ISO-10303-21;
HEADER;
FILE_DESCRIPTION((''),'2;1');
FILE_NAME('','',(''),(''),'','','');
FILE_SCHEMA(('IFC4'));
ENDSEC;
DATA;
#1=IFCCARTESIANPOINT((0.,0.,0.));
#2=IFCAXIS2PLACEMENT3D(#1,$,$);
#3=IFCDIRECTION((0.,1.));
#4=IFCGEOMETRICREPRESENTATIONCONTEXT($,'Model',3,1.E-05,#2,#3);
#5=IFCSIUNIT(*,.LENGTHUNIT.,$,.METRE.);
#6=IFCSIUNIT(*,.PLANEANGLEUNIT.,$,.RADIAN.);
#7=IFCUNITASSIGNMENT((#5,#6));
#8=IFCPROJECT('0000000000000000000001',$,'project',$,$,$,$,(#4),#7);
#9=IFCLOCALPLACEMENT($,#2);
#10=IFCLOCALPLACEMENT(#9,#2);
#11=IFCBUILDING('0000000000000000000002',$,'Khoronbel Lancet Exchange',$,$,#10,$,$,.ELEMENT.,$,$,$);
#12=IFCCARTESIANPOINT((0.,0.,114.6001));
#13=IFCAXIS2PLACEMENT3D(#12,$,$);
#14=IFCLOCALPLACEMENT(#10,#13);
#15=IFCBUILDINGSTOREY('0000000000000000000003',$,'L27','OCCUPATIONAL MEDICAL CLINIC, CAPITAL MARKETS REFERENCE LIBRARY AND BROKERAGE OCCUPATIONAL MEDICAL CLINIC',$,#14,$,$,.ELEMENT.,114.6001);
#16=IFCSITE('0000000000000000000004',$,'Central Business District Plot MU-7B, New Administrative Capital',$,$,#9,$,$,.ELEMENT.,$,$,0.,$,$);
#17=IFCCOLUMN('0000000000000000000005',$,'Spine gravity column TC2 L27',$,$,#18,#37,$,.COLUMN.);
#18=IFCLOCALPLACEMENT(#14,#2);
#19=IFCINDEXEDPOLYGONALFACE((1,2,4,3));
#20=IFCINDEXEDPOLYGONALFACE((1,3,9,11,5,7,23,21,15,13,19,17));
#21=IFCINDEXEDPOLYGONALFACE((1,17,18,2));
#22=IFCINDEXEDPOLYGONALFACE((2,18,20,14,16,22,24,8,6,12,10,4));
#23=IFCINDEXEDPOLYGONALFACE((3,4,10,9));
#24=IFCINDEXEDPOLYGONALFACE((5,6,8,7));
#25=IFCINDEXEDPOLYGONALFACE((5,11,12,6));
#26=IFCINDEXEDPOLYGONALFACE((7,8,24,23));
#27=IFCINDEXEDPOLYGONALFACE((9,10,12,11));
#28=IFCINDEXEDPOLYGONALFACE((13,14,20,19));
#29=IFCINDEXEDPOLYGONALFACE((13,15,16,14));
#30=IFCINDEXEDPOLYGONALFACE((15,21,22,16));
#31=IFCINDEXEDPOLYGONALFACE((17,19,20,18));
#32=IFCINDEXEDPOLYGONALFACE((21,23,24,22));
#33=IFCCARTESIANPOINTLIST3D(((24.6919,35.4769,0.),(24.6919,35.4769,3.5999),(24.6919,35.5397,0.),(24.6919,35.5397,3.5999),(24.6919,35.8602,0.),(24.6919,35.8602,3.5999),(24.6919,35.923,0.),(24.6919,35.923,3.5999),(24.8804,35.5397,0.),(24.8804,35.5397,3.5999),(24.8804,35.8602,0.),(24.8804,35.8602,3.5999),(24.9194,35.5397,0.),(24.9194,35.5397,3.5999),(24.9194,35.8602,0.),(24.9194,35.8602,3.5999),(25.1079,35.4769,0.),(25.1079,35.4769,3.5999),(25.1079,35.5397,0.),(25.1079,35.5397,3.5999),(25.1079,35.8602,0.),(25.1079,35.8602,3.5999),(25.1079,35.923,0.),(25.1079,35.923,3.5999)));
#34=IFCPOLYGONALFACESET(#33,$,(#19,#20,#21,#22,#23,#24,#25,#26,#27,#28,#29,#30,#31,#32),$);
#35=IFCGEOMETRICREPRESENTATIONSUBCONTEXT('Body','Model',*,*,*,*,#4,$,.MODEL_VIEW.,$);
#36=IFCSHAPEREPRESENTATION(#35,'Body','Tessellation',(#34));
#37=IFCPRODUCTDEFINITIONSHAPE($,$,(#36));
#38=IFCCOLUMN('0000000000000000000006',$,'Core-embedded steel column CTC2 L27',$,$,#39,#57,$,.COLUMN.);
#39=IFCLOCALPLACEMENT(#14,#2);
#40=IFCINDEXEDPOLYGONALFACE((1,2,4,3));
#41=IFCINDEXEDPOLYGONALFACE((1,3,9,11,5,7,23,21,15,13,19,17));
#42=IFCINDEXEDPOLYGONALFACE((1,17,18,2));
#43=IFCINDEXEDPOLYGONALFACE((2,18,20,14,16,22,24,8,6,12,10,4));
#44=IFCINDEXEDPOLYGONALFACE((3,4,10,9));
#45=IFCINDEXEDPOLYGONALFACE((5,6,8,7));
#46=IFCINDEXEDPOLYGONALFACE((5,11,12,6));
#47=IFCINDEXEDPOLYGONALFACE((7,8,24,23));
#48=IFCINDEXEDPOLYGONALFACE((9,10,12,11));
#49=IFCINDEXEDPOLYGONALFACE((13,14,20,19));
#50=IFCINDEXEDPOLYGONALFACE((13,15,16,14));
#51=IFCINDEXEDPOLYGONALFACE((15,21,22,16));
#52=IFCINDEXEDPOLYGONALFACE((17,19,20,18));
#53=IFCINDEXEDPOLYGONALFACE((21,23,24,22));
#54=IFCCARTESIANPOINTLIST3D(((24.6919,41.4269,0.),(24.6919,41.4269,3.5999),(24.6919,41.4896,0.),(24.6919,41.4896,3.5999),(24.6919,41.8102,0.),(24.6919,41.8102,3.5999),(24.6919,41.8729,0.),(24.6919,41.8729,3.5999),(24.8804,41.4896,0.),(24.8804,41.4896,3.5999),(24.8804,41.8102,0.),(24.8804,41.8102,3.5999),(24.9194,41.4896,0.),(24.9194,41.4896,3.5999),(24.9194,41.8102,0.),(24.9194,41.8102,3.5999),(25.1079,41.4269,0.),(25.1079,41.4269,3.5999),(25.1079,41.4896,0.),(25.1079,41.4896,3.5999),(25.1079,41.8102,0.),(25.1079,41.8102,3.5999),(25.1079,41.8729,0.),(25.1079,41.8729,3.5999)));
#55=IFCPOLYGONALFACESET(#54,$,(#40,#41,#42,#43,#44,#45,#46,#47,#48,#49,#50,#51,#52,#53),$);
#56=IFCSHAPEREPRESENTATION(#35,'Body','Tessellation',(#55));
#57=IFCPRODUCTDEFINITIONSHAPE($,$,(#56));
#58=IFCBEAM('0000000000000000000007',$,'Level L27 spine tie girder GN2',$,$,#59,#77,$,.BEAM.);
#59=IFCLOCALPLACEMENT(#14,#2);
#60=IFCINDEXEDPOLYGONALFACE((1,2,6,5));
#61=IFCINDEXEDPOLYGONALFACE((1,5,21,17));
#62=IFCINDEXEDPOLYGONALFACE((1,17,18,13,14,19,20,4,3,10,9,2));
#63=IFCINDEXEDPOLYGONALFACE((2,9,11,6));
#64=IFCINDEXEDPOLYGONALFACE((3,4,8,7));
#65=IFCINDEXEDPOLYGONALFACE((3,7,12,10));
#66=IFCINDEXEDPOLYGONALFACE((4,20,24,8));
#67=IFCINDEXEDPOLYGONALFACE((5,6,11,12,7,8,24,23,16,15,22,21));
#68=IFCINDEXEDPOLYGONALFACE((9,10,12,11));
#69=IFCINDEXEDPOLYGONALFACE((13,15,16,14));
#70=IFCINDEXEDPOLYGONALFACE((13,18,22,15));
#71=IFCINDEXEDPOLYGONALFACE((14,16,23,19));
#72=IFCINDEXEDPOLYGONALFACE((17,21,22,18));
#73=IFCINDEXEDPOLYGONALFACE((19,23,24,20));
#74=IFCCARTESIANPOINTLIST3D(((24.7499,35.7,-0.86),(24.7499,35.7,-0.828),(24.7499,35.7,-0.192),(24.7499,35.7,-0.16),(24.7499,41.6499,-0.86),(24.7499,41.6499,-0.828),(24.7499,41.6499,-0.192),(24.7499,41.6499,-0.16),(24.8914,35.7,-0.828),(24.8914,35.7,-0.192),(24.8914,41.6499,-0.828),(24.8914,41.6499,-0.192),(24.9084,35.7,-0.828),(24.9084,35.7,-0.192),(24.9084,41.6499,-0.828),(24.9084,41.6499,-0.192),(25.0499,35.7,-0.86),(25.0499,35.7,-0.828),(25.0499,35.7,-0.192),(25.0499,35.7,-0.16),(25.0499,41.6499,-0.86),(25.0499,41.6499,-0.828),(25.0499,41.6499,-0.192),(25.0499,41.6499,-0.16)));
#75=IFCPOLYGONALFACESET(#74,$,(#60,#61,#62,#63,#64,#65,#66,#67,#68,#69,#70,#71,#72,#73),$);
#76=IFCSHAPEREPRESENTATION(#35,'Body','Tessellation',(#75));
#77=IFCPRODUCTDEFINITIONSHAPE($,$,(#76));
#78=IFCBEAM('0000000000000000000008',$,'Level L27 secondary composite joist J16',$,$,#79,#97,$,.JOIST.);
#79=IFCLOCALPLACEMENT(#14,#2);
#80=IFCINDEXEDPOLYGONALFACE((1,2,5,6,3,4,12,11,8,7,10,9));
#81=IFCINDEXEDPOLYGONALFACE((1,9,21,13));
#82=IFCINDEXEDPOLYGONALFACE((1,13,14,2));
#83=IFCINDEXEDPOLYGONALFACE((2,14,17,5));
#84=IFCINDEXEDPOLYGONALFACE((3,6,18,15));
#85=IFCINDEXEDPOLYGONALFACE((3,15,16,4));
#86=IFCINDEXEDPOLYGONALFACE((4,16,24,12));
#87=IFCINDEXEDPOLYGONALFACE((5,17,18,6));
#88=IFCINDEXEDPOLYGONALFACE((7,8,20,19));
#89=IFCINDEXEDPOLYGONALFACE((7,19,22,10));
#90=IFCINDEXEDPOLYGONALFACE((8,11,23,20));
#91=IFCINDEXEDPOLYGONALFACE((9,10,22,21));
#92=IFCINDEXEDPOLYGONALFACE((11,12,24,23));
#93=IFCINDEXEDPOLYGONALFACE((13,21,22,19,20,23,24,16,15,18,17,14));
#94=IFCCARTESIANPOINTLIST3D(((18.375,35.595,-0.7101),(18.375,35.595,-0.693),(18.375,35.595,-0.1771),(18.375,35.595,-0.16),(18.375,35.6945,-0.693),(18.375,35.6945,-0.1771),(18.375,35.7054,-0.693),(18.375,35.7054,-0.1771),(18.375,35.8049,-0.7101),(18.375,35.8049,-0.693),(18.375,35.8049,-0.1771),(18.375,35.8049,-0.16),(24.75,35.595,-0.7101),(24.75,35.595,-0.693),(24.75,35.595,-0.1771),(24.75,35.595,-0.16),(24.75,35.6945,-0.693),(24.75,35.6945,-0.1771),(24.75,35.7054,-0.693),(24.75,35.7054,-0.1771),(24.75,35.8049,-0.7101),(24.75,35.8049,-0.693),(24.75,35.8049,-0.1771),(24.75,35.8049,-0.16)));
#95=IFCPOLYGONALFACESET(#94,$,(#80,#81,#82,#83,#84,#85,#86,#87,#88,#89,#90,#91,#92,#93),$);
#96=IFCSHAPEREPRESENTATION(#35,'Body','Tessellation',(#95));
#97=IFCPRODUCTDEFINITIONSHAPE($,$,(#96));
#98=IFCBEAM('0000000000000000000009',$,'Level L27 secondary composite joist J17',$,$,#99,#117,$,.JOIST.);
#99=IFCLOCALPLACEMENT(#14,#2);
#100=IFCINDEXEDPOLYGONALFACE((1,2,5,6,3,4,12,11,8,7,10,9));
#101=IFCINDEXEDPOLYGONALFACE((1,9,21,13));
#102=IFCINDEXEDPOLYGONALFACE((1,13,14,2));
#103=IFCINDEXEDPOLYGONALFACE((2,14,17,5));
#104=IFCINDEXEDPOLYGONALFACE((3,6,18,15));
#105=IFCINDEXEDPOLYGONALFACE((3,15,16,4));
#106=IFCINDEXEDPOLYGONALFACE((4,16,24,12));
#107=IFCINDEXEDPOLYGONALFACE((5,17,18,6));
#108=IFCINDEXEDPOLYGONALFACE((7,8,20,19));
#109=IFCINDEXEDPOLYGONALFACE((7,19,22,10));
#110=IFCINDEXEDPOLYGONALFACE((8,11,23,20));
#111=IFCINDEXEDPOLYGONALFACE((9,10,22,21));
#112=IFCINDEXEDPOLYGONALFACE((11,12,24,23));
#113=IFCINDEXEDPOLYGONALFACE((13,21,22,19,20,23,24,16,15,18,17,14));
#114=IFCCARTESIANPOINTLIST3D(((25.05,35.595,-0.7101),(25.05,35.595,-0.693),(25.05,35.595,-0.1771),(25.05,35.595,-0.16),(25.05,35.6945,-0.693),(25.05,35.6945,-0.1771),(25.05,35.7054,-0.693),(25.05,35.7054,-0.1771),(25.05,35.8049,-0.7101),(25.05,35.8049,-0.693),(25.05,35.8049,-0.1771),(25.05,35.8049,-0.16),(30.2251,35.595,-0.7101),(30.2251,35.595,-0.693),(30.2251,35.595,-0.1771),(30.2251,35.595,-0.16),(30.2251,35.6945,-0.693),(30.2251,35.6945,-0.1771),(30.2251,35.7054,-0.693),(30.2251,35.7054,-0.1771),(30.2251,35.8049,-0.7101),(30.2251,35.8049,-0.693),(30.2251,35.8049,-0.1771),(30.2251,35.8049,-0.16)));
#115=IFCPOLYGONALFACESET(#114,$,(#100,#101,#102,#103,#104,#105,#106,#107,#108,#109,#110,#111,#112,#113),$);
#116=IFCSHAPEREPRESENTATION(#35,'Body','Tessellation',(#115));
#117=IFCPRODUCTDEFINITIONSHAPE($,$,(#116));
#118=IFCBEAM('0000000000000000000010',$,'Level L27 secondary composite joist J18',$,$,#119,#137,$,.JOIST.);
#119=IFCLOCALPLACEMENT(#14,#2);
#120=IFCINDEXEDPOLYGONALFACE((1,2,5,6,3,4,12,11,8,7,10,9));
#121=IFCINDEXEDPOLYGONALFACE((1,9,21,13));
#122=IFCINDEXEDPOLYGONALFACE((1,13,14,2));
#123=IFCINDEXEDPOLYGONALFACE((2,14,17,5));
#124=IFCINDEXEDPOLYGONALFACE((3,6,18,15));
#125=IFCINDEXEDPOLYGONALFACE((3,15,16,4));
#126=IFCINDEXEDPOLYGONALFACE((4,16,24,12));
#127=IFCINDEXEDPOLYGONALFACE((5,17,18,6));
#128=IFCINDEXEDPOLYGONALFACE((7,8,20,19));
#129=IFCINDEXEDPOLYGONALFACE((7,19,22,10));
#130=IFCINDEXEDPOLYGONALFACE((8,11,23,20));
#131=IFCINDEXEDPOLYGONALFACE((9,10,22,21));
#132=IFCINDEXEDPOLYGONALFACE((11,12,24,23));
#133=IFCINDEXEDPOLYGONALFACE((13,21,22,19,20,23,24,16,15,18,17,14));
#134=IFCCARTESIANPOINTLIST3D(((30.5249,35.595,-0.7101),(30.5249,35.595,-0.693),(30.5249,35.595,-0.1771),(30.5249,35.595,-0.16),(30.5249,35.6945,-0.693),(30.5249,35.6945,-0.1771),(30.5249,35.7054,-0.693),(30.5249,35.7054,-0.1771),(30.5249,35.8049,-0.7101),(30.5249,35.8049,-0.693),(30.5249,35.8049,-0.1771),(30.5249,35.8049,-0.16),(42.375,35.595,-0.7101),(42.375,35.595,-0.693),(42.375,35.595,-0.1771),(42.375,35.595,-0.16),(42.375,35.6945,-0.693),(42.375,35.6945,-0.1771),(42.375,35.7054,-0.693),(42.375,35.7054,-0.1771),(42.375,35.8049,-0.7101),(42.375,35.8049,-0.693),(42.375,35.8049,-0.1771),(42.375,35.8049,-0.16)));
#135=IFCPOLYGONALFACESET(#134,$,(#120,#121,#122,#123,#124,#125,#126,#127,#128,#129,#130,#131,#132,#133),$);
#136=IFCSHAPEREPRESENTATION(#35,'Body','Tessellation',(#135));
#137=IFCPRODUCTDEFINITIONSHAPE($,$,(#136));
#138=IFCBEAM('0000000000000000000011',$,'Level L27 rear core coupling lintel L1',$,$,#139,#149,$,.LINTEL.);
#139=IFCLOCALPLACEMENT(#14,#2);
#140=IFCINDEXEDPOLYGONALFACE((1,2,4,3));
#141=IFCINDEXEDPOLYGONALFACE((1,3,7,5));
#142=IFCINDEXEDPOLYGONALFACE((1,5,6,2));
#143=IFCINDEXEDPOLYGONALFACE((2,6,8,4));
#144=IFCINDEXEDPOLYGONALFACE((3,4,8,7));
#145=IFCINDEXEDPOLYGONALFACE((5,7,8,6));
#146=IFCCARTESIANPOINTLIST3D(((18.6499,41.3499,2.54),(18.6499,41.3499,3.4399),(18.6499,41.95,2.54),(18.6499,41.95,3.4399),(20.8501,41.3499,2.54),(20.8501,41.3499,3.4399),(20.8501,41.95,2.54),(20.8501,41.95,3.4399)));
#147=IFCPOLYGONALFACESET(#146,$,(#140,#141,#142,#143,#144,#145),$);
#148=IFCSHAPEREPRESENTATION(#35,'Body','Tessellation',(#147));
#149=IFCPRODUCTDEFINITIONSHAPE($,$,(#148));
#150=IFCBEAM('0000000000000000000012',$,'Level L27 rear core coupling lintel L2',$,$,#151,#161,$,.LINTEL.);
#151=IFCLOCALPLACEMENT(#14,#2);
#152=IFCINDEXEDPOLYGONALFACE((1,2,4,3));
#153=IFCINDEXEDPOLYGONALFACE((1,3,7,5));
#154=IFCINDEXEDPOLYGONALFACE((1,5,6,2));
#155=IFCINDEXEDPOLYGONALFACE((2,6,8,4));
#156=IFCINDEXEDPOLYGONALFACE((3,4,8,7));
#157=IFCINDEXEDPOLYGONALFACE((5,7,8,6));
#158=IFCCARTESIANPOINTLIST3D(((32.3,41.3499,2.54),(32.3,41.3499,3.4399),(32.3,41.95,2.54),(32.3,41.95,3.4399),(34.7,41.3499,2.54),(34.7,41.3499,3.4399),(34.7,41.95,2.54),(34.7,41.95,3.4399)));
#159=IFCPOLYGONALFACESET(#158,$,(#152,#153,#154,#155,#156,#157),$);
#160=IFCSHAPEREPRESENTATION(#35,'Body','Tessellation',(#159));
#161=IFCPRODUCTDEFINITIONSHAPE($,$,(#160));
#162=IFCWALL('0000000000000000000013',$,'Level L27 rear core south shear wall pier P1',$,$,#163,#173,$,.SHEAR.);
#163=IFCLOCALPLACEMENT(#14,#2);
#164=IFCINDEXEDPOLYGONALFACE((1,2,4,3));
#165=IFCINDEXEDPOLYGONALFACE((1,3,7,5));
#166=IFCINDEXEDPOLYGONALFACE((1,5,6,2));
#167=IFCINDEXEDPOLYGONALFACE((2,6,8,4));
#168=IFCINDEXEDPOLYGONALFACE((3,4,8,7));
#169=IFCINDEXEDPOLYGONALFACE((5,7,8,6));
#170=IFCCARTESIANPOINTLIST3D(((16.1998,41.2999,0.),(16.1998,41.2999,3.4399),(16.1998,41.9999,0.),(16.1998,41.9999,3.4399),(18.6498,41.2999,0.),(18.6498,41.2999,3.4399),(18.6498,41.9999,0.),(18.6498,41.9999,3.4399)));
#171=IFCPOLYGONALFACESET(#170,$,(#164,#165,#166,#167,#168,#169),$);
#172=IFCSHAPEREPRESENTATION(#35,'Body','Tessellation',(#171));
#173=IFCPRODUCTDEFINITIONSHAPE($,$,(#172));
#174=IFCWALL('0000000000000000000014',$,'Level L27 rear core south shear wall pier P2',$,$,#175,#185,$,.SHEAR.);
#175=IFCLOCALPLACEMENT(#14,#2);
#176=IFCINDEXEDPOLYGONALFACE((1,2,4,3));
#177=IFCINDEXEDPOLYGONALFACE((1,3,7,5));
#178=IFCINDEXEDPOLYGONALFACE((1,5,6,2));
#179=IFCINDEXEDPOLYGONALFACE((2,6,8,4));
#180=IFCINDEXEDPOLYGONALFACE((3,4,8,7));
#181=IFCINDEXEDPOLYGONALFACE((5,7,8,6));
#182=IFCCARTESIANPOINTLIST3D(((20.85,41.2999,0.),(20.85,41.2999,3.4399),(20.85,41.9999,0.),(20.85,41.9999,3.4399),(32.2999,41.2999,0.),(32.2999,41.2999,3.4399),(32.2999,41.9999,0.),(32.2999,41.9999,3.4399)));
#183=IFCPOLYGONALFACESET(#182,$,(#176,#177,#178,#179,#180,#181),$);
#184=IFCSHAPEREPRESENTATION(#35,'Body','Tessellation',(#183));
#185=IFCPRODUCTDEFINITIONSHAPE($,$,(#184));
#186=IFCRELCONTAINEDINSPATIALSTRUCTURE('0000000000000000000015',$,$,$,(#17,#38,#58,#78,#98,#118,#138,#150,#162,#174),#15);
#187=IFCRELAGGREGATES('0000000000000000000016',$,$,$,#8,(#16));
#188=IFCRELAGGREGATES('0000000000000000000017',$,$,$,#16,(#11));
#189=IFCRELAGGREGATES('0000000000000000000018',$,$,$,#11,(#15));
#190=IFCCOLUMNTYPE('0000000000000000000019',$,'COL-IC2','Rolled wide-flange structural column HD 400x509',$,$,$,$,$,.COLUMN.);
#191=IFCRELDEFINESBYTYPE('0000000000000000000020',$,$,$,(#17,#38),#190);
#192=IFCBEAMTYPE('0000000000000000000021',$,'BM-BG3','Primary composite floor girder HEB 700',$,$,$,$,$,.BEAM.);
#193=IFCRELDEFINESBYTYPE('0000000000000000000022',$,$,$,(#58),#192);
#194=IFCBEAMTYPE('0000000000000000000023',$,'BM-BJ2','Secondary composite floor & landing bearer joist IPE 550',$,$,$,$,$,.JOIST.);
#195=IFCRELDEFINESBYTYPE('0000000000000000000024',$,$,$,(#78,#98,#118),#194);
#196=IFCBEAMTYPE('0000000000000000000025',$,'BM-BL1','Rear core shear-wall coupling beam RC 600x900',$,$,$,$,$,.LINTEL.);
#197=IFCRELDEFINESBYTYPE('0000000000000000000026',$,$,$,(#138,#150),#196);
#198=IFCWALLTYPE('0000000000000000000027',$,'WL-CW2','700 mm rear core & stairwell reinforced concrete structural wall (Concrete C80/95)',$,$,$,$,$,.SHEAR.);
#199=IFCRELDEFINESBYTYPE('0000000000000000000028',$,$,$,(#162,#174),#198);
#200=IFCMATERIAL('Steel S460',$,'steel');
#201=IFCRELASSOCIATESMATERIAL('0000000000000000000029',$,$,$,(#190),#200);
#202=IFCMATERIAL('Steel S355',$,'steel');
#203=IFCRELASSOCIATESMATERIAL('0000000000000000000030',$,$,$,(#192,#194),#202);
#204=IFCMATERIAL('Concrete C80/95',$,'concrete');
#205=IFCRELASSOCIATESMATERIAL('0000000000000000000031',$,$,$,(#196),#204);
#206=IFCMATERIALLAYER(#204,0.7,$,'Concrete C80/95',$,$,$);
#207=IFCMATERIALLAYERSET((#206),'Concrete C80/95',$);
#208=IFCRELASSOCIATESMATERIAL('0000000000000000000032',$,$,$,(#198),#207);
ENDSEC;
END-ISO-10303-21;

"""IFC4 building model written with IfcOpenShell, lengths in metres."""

from ifc_helpers import new_model, si_unit, direction, frame, frame_2d, origin, origin_2d, place, context, subcontext, project, spatial, rectangle, i_section, extrude, material, layer, layer_set, material_profile, profile_set, type_object, element, save


model = new_model("IFC4")

# Units and contexts
model_context = context("Model", 3, precision=1e-05, world=origin(), true_north=direction((0.0, 1.0)))
body_context = subcontext(model_context, "Body", "Model", "MODEL_VIEW")
ifc_project = project(units=[si_unit("LENGTHUNIT", "METRE"), si_unit("PLANEANGLEUNIT", "RADIAN")], contexts=[model_context])

# Site, building, storey
site_placement = place(None, origin())
site = spatial("IfcSite", under=ifc_project, at=site_placement, Name="Central Business District Plot MU-7B, New Administrative Capital", CompositionType="ELEMENT", RefElevation=0.0)
building_placement = place(site_placement, origin())
building = spatial("IfcBuilding", under=site, at=building_placement, Name="Khoronbel Lancet Exchange", CompositionType="ELEMENT")
storey_placement = place(building_placement, frame((0.0, 0.0, 114.6001)))
storey = spatial("IfcBuildingStorey", under=building, at=storey_placement, Name="L27", Description="OCCUPATIONAL MEDICAL CLINIC, CAPITAL MARKETS REFERENCE LIBRARY AND BROKERAGE OCCUPATIONAL MEDICAL CLINIC", CompositionType="ELEMENT", Elevation=114.6001)

# Columns
ifc_material_1 = material(Name="Steel S460", Category="steel")
ifc_material_profile_1 = material_profile(ifc_material_1, i_section(OverallWidth=0.416, OverallDepth=0.446, WebThickness=0.0391, FlangeThickness=0.0627, at=origin_2d()), Name="HD 400x509")
ifc_profile_set_1 = profile_set([ifc_material_profile_1], Name="Steel S460")
column_type = type_object("IfcColumnType", Name="COL-IC2", Description="Rolled wide-flange structural column HD 400x509", PredefinedType="COLUMN", material=ifc_profile_set_1)
for number, where, z_axis, x_axis, name in (
    (1, (24.8999, 35.7, 0.0), (0.0, 0.0, 1.0), (1.0, 0.0, 0.0), "Spine gravity column TC2 L27"),
    (2, (24.8999, 41.6499, 0.0), (0.0, 0.0, 1.0), (1.0, 0.0, 0.0), "Core-embedded steel column CTC2 L27"),
):
    element("IfcColumn", number, at=place(storey_placement, frame(where, z_axis=z_axis, x_axis=x_axis)), inside=storey, type_object=column_type, Name=name, PredefinedType="COLUMN", context=body_context, shape_type="SweptSolid", body=[
        extrude(i_section(OverallWidth=0.416, OverallDepth=0.446, WebThickness=0.0391, FlangeThickness=0.0627, at=origin_2d()), origin(), (0.0, 0.0, 1.0), 3.5999),
    ])

# Beams
ifc_material_2 = material(Name="Steel S355", Category="steel")
ifc_material_profile_2 = material_profile(ifc_material_2, i_section(OverallWidth=0.3, OverallDepth=0.7, WebThickness=0.0171, FlangeThickness=0.032, at=origin_2d()), Name="HEB 700")
ifc_profile_set_2 = profile_set([ifc_material_profile_2], Name="Steel S355")
beam_type_1 = type_object("IfcBeamType", Name="BM-BG3", Description="Primary composite floor girder HEB 700", PredefinedType="BEAM", material=ifc_profile_set_2)
beam_1_placement = place(storey_placement, frame((24.8999, 35.7, -0.51), z_axis=(0.0, 1.0, 0.0), x_axis=(-1.0, 0.0, 0.0)))
element("IfcBeam", 3, at=beam_1_placement, inside=storey, type_object=beam_type_1, Name="Level L27 spine tie girder GN2", PredefinedType="BEAM", context=body_context, shape_type="SweptSolid", body=[
    extrude(i_section(OverallWidth=0.3, OverallDepth=0.7, WebThickness=0.0171, FlangeThickness=0.032, at=origin_2d()), origin(), (0.0, 0.0, 1.0), 5.95),
])
ifc_material_profile_3 = material_profile(ifc_material_2, i_section(OverallWidth=0.21, OverallDepth=0.55, WebThickness=0.011, FlangeThickness=0.0171, at=origin_2d()), Name="IPE 550")
ifc_profile_set_3 = profile_set([ifc_material_profile_3], Name="Steel S355")
beam_type_2 = type_object("IfcBeamType", Name="BM-BJ2", Description="Secondary composite floor & landing bearer joist IPE 550", PredefinedType="JOIST", material=ifc_profile_set_3)
beam_2_placement = place(storey_placement, frame((18.375, 35.7, -0.4351), z_axis=(1.0, 0.0, 0.0), x_axis=(0.0, 1.0, 0.0)))
element("IfcBeam", 4, at=beam_2_placement, inside=storey, type_object=beam_type_2, Name="Level L27 secondary composite joist J16", PredefinedType="JOIST", context=body_context, shape_type="SweptSolid", body=[
    extrude(i_section(OverallWidth=0.21, OverallDepth=0.55, WebThickness=0.011, FlangeThickness=0.0171, at=origin_2d()), origin(), (0.0, 0.0, 1.0), 6.375),
])
beam_3_placement = place(storey_placement, frame((25.05, 35.7, -0.4351), z_axis=(1.0, 0.0, 0.0), x_axis=(0.0, 1.0, 0.0)))
element("IfcBeam", 5, at=beam_3_placement, inside=storey, type_object=beam_type_2, Name="Level L27 secondary composite joist J17", PredefinedType="JOIST", context=body_context, shape_type="SweptSolid", body=[
    extrude(i_section(OverallWidth=0.21, OverallDepth=0.55, WebThickness=0.011, FlangeThickness=0.0171, at=origin_2d()), origin(), (0.0, 0.0, 1.0), 5.175),
])
beam_4_placement = place(storey_placement, frame((30.5249, 35.7, -0.4351), z_axis=(1.0, 0.0, 0.0), x_axis=(0.0, 1.0, 0.0)))
element("IfcBeam", 6, at=beam_4_placement, inside=storey, type_object=beam_type_2, Name="Level L27 secondary composite joist J18", PredefinedType="JOIST", context=body_context, shape_type="SweptSolid", body=[
    extrude(i_section(OverallWidth=0.21, OverallDepth=0.55, WebThickness=0.011, FlangeThickness=0.0171, at=origin_2d()), origin(), (0.0, 0.0, 1.0), 11.8501),
])
ifc_material_3 = material(Name="Concrete C80/95", Category="concrete")
ifc_material_profile_4 = material_profile(ifc_material_3, rectangle(XDim=0.6001, YDim=0.8999, at=origin_2d()), Name="RC 600x900")
ifc_profile_set_4 = profile_set([ifc_material_profile_4], Name="Concrete C80/95")
beam_type_3 = type_object("IfcBeamType", Name="BM-BL1", Description="Rear core shear-wall coupling beam RC 600x900", PredefinedType="LINTEL", material=ifc_profile_set_4)
beam_5_placement = place(storey_placement, frame((18.6499, 41.6499, 2.99), z_axis=(1.0, 0.0, 0.0), x_axis=(0.0, 1.0, 0.0)))
element("IfcBeam", 7, at=beam_5_placement, inside=storey, type_object=beam_type_3, Name="Level L27 rear core coupling lintel L1", PredefinedType="LINTEL", context=body_context, shape_type="SweptSolid", body=[
    extrude(rectangle(XDim=0.6001, YDim=0.8999, at=origin_2d()), origin(), (0.0, 0.0, 1.0), 2.2002),
])
beam_6_placement = place(storey_placement, frame((32.3, 41.6499, 2.99), z_axis=(1.0, 0.0, 0.0), x_axis=(0.0, 1.0, 0.0)))
element("IfcBeam", 8, at=beam_6_placement, inside=storey, type_object=beam_type_3, Name="Level L27 rear core coupling lintel L2", PredefinedType="LINTEL", context=body_context, shape_type="SweptSolid", body=[
    extrude(rectangle(XDim=0.6001, YDim=0.8999, at=origin_2d()), origin(), (0.0, 0.0, 1.0), 2.3999),
])

# Walls
ifc_layer_1 = layer(ifc_material_3, 0.7, Name="Concrete C80/95")
ifc_layer_set_1 = layer_set([ifc_layer_1], Name="Concrete C80/95")
wall_type_1 = type_object("IfcWallType", Name="WL-CW2", Description="700 mm rear core & stairwell reinforced concrete structural wall (Concrete C80/95)", PredefinedType="SHEAR", material=ifc_layer_set_1)
wall_1_placement = place(storey_placement, frame((18.6499, 41.6499, 0.0), z_axis=(0.0, 0.0, 1.0), x_axis=(-1.0, 0.0, 0.0)))
element("IfcWall", 9, at=wall_1_placement, inside=storey, type_object=wall_type_1, Name="Level L27 rear core south shear wall pier P1", PredefinedType="SHEAR", context=body_context, shape_type="SweptSolid", body=[
    extrude(rectangle(XDim=2.45, YDim=0.7, at=frame_2d((1.2251, 0.0))), origin(), (0.0, 0.0, 1.0), 3.4399),
])
wall_2_placement = place(storey_placement, frame((32.3, 41.6499, 0.0), z_axis=(0.0, 0.0, 1.0), x_axis=(-1.0, 0.0, 0.0)))
element("IfcWall", 10, at=wall_2_placement, inside=storey, type_object=wall_type_1, Name="Level L27 rear core south shear wall pier P2", PredefinedType="SHEAR", context=body_context, shape_type="SweptSolid", body=[
    extrude(rectangle(XDim=11.45, YDim=0.7, at=frame_2d((5.7251, 0.0))), origin(), (0.0, 0.0, 1.0), 3.4399),
])

save(model, "model.ifc")
